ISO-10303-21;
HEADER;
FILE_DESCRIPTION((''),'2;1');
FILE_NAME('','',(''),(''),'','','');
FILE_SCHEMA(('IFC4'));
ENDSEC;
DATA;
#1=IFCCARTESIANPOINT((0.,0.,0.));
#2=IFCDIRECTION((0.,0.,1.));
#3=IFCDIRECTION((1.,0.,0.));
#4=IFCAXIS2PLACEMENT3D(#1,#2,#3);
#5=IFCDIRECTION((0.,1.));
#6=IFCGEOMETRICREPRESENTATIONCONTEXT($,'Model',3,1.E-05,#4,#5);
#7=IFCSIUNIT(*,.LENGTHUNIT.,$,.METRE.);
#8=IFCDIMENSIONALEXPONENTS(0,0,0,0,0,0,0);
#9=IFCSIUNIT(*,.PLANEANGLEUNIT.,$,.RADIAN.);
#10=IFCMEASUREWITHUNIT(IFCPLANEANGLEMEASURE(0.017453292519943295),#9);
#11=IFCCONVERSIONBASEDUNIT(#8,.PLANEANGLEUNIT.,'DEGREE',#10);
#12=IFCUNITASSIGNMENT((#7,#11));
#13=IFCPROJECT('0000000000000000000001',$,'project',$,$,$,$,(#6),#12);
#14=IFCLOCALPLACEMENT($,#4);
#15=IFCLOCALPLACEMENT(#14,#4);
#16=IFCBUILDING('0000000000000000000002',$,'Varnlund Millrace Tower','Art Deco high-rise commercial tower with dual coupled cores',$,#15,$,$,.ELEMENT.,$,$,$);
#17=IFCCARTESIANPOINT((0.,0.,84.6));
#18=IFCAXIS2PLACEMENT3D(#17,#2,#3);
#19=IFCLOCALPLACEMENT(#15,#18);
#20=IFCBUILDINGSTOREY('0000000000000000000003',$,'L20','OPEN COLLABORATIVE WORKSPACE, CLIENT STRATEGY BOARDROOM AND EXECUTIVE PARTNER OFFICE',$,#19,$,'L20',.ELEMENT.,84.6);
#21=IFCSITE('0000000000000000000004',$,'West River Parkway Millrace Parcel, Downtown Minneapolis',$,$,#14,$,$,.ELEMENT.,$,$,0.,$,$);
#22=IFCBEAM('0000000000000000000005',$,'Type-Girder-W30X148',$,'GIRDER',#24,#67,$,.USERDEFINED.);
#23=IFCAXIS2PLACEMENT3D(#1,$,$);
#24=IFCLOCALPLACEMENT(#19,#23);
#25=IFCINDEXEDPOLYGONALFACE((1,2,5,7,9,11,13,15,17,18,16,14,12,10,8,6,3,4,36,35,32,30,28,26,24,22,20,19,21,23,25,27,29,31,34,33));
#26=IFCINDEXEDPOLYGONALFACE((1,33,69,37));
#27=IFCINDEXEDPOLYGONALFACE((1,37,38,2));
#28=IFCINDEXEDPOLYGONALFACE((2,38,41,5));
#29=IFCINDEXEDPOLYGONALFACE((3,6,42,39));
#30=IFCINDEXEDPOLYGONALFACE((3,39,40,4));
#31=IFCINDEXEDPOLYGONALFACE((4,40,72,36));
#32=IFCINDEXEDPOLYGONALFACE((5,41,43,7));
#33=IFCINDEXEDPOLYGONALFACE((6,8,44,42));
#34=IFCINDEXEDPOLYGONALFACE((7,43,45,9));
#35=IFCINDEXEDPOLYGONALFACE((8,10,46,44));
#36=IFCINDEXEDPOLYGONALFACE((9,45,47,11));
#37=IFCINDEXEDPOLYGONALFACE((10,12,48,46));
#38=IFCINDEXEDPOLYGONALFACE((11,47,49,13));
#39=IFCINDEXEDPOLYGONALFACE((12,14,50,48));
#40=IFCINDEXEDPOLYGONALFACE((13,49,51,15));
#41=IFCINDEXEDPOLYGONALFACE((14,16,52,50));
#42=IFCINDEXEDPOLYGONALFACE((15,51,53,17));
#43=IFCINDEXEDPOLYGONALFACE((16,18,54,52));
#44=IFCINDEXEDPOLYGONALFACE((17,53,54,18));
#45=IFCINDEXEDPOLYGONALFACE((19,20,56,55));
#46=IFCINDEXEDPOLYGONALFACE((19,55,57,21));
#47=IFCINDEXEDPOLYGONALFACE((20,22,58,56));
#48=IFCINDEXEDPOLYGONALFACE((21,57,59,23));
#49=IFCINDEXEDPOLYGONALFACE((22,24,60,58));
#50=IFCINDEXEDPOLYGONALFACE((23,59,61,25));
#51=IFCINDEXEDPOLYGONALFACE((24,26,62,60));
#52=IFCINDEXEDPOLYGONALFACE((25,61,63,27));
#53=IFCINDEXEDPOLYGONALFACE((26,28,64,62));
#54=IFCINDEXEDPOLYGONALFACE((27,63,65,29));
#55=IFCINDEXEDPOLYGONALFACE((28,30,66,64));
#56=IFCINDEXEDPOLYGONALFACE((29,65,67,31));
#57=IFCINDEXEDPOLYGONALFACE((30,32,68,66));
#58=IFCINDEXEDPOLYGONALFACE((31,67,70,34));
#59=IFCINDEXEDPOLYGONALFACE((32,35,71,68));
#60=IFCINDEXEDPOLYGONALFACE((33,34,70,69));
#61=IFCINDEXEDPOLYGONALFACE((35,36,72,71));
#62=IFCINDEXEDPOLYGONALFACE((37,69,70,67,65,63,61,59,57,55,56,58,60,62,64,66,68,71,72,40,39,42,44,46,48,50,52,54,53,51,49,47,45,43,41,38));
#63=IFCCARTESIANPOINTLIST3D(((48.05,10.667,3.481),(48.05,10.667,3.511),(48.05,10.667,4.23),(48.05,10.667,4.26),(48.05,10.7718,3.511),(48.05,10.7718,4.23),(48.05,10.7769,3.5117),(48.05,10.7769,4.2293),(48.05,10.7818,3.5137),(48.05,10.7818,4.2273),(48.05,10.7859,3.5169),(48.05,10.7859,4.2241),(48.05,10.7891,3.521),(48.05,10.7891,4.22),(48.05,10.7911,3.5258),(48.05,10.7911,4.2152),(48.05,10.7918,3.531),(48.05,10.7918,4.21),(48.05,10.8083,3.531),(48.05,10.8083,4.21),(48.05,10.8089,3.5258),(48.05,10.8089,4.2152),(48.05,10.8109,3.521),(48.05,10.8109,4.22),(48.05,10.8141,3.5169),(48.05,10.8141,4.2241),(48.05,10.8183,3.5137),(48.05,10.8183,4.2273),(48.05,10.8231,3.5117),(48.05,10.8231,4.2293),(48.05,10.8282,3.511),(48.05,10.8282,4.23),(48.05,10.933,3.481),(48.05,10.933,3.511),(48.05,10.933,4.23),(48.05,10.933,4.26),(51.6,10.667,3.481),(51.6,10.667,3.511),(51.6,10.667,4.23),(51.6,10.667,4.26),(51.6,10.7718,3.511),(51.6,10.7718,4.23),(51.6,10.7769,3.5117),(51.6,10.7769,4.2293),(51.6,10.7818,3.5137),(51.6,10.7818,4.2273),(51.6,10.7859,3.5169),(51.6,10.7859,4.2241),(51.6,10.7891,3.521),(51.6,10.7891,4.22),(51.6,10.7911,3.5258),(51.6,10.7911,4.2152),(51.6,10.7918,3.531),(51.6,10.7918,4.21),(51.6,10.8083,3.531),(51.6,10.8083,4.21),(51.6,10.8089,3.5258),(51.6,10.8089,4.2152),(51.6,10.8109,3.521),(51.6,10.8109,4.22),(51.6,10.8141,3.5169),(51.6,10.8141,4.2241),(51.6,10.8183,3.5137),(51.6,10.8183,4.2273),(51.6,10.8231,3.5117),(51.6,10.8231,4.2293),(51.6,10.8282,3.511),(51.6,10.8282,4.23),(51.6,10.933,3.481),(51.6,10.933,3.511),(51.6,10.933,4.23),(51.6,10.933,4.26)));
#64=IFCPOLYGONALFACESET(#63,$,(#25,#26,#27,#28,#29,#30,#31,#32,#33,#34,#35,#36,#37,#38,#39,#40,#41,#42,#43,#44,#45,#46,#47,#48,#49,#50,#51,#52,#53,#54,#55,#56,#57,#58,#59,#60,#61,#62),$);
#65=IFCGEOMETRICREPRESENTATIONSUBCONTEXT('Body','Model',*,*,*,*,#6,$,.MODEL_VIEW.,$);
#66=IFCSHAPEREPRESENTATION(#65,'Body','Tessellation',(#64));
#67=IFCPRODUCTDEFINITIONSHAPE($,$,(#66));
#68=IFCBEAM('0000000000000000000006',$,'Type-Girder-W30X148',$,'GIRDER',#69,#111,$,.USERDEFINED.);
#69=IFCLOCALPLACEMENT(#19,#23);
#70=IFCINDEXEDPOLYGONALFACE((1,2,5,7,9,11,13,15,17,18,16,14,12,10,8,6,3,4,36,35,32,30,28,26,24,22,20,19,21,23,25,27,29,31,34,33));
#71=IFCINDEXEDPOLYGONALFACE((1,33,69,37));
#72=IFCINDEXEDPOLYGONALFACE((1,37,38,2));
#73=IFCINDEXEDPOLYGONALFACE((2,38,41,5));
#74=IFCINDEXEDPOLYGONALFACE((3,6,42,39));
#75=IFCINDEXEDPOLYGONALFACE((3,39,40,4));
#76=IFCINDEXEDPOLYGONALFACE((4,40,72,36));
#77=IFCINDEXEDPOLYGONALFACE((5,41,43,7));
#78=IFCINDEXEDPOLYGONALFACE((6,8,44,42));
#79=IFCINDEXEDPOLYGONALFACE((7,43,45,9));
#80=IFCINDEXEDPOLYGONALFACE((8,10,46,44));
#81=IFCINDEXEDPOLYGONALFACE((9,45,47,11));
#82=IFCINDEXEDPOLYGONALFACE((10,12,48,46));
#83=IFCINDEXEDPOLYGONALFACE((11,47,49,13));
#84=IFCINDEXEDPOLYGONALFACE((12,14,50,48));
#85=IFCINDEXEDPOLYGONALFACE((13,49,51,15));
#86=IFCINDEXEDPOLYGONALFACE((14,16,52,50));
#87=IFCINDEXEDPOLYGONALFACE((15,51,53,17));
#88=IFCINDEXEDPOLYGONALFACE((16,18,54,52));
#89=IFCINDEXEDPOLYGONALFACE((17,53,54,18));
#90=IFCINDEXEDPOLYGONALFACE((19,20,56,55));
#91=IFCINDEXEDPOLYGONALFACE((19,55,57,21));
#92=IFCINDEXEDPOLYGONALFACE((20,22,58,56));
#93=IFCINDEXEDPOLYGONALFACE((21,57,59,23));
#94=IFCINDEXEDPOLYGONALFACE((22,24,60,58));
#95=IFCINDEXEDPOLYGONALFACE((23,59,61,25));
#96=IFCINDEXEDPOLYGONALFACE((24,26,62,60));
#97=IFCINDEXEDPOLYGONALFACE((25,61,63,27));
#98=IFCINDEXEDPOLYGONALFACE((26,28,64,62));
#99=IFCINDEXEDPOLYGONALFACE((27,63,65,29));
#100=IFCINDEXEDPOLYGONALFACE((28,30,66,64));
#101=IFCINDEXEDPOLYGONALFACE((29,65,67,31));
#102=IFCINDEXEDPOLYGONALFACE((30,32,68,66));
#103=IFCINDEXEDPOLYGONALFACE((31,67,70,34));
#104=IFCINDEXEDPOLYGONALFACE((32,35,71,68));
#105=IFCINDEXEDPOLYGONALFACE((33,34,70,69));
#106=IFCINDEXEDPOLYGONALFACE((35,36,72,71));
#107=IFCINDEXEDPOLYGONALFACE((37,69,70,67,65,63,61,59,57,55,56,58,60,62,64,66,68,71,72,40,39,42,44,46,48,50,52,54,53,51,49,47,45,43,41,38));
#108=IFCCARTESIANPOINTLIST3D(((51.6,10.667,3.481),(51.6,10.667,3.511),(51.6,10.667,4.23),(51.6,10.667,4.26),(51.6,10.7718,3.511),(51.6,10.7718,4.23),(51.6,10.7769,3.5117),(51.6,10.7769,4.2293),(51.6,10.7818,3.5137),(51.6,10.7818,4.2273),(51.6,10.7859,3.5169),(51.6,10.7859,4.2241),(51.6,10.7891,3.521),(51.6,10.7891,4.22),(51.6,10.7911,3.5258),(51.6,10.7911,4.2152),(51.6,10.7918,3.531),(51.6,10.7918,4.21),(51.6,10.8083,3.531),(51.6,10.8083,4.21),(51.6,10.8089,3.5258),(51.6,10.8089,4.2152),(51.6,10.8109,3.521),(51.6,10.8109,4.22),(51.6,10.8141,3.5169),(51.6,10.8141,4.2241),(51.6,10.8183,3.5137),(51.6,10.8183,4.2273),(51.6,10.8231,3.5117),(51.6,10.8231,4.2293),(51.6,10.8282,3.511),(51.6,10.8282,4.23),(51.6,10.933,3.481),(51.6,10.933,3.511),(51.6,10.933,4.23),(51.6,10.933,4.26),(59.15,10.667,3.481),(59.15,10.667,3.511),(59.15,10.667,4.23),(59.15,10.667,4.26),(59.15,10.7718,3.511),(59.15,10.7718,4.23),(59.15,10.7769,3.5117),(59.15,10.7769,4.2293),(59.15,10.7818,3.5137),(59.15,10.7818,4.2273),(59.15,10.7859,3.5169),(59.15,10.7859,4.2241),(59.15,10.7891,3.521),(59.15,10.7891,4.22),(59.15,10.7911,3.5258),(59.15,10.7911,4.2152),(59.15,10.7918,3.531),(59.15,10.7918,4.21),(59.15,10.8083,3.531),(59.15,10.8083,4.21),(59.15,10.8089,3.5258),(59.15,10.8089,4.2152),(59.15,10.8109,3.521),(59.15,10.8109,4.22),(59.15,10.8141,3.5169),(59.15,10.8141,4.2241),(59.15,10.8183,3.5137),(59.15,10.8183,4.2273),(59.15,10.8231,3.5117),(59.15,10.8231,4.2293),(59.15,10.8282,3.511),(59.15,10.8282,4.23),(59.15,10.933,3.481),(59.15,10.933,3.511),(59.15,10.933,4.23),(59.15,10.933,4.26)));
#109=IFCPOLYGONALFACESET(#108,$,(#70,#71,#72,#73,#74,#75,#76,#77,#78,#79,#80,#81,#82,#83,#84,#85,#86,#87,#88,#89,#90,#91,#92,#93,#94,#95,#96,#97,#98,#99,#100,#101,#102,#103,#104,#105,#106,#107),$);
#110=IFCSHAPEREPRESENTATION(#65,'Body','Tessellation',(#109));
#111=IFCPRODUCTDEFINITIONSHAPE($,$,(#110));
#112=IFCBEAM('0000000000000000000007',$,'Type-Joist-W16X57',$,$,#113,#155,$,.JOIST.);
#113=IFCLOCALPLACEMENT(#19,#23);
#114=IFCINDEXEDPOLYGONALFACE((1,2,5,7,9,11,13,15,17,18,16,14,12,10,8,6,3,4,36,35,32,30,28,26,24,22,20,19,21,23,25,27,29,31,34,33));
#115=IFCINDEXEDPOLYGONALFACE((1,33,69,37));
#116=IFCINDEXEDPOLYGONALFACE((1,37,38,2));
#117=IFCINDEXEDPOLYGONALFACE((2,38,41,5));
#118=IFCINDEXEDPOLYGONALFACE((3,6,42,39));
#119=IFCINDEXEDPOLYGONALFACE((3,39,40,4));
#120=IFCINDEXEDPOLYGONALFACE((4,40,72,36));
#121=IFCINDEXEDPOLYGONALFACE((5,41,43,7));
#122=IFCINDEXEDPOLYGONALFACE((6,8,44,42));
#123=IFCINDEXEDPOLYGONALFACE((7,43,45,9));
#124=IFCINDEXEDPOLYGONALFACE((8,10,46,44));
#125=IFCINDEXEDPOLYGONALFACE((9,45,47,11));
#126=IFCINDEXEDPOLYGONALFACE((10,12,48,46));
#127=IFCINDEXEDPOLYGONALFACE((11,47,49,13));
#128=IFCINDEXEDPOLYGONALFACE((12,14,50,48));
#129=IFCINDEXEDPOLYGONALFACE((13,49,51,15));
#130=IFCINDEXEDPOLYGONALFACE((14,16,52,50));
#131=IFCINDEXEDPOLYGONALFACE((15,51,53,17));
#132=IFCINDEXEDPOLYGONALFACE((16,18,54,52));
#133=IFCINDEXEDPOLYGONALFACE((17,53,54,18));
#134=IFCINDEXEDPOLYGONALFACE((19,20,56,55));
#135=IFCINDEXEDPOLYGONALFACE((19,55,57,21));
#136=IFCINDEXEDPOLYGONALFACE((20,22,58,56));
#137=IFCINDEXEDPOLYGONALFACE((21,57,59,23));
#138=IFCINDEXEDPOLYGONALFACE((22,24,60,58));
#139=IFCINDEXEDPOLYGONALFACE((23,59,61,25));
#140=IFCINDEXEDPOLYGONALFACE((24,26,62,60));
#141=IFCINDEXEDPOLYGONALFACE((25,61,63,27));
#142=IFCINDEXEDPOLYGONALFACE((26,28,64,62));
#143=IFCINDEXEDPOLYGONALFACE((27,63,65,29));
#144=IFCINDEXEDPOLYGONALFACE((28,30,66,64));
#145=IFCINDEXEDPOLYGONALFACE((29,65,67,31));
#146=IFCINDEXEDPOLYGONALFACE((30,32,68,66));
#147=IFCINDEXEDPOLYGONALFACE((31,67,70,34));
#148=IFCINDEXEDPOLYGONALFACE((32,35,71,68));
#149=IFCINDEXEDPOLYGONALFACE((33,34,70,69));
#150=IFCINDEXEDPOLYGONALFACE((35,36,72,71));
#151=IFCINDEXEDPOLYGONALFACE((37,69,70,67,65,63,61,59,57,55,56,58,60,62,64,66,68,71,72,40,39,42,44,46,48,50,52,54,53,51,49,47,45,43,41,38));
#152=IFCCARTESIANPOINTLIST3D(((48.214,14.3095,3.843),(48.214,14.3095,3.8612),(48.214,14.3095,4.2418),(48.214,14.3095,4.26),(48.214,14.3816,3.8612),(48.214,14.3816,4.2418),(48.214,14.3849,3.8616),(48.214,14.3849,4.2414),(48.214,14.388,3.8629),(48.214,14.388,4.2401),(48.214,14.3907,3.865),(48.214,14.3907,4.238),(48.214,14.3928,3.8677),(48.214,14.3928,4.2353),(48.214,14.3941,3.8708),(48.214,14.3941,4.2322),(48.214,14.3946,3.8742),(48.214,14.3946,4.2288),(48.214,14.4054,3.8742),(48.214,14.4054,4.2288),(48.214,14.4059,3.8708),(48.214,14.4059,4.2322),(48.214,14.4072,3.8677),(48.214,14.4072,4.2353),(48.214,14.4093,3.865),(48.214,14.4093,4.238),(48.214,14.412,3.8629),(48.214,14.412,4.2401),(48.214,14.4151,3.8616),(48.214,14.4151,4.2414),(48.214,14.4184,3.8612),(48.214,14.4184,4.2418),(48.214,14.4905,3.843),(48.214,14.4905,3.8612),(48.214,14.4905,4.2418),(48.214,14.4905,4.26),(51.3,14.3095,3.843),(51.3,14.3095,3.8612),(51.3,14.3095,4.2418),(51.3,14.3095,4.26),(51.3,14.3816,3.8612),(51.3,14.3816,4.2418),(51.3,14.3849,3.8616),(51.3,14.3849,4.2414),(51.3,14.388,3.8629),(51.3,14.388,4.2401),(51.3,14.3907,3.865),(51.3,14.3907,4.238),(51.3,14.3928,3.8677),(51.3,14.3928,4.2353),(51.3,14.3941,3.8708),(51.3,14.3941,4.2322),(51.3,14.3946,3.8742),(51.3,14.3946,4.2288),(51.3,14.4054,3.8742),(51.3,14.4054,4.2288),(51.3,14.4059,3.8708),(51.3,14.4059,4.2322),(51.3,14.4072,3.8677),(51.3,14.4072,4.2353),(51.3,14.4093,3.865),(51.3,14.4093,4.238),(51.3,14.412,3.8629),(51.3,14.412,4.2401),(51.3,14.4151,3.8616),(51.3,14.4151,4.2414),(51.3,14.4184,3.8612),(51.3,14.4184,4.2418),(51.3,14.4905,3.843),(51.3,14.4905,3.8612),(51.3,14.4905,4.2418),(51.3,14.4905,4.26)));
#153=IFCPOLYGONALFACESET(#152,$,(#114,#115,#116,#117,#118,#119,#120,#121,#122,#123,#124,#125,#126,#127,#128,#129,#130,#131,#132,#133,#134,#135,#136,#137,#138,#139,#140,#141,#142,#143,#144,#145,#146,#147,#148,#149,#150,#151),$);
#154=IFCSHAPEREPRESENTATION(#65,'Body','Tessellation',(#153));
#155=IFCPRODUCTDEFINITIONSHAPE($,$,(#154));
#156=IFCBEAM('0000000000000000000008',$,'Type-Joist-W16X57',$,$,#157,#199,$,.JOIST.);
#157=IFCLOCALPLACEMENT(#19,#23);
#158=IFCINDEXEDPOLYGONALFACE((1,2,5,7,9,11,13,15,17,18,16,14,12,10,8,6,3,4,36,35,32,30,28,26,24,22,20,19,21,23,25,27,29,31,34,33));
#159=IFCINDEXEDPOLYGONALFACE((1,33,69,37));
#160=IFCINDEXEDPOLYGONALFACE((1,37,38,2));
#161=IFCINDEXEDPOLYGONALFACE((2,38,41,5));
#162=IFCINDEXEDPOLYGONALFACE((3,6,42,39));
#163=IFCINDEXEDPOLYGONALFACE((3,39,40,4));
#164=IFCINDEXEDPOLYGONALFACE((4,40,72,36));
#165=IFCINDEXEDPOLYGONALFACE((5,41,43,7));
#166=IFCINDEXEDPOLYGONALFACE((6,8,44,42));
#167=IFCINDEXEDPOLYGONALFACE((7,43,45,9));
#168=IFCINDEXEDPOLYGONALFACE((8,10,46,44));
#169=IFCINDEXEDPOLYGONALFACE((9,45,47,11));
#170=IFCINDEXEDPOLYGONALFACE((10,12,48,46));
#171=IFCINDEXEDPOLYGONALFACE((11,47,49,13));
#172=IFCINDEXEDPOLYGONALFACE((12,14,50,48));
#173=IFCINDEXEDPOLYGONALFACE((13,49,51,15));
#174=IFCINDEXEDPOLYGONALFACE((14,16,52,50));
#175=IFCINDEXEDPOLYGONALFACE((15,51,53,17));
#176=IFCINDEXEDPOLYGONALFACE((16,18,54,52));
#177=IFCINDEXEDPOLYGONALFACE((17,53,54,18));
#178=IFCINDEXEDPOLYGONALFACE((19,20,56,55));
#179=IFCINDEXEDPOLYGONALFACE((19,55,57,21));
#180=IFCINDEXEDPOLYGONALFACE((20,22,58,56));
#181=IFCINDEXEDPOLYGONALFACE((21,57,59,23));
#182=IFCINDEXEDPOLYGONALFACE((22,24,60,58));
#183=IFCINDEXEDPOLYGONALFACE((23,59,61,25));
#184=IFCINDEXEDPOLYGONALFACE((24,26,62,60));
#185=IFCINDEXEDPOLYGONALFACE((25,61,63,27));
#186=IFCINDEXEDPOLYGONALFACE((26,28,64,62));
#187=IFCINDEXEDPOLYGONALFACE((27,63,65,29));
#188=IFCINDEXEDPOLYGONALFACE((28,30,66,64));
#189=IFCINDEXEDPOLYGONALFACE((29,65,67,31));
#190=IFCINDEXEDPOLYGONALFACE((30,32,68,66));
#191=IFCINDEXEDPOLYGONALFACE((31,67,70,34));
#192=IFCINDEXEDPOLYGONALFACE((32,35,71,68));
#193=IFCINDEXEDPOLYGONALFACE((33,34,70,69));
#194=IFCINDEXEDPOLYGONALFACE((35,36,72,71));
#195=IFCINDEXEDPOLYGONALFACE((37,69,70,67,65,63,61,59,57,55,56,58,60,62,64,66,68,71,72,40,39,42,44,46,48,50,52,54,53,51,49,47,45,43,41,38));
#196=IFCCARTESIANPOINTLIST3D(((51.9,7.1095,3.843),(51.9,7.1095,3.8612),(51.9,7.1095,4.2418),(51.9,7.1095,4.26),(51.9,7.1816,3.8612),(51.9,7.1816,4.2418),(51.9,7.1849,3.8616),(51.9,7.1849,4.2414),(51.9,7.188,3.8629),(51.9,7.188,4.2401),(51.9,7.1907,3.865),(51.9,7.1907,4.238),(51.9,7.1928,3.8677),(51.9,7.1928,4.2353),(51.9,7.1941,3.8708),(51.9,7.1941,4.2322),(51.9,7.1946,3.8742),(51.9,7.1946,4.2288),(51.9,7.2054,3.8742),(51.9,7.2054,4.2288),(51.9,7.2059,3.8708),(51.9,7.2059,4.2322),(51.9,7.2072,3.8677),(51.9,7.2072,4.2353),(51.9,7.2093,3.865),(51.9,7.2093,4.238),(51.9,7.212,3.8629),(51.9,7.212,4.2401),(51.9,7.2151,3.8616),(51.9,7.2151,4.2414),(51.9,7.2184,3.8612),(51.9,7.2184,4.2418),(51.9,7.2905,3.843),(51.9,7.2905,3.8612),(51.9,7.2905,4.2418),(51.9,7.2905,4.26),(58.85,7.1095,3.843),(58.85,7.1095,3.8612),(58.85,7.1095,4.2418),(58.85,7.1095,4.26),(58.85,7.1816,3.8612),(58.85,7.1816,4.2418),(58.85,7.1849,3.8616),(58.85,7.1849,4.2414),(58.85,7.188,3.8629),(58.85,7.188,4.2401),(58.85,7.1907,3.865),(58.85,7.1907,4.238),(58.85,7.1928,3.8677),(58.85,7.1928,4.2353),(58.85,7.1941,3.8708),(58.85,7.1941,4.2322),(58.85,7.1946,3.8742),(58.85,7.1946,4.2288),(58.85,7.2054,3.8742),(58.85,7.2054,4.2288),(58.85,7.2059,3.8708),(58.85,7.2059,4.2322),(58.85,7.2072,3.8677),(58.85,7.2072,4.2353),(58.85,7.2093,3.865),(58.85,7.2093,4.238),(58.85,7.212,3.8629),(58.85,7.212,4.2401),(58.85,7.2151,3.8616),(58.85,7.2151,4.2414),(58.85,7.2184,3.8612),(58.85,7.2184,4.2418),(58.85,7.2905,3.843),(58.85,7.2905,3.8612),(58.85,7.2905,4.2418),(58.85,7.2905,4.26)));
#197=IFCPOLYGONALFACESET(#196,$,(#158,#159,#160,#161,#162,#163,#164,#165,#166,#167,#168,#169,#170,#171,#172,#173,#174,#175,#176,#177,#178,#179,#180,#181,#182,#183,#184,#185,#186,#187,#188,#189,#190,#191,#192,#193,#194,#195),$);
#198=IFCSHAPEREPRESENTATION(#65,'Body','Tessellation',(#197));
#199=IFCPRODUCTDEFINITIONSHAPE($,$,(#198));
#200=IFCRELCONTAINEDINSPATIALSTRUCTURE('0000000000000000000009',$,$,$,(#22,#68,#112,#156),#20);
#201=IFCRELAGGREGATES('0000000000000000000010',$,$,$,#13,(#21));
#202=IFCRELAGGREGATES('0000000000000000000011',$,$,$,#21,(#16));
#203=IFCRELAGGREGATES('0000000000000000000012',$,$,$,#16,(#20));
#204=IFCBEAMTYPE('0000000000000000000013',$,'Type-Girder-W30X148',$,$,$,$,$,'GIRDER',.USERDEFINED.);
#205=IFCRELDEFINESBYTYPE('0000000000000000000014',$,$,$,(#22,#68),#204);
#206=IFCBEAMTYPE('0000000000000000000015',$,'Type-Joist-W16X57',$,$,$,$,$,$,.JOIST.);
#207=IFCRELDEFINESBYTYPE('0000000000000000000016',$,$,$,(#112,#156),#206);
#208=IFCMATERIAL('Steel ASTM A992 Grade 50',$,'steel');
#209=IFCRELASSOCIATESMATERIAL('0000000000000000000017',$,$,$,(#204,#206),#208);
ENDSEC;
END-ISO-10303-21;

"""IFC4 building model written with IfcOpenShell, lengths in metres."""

from ifc_helpers import new_model, entity, si_unit, converted_unit, direction, frame, origin_with_axes, origin_2d_with_axis, place, context, subcontext, project, spatial, i_section, extrude, material, material_profile, profile_set, type_object, element, save


model = new_model("IFC4")

# Units and contexts
model_context = context("Model", 3, precision=1e-05, world=origin_with_axes(), true_north=direction((0.0, 1.0)))
body_context = subcontext(model_context, "Body", "Model", "MODEL_VIEW")
ifc_project = project(units=[si_unit("LENGTHUNIT", "METRE"), converted_unit("PLANEANGLEUNIT", "DEGREE", entity("IfcPlaneAngleMeasure", 0.017453292519943295), si_unit("PLANEANGLEUNIT", "RADIAN"), dimensions=[0, 0, 0, 0, 0, 0, 0])], contexts=[model_context])

# Site, building, storey
site_placement = place(None, origin_with_axes())
site = spatial("IfcSite", under=ifc_project, at=site_placement, Name="West River Parkway Millrace Parcel, Downtown Minneapolis", CompositionType="ELEMENT", RefElevation=0.0)
building_placement = place(site_placement, origin_with_axes())
building = spatial("IfcBuilding", under=site, at=building_placement, Name="Varnlund Millrace Tower", Description="Art Deco high-rise commercial tower with dual coupled cores", CompositionType="ELEMENT")
storey_placement = place(building_placement, frame((0.0, 0.0, 84.6), z_axis=(0.0, 0.0, 1.0), x_axis=(1.0, 0.0, 0.0)))
storey = spatial("IfcBuildingStorey", under=building, at=storey_placement, Name="L20", Description="OPEN COLLABORATIVE WORKSPACE, CLIENT STRATEGY BOARDROOM AND EXECUTIVE PARTNER OFFICE", LongName="L20", CompositionType="ELEMENT", Elevation=84.6)

# Beams
ifc_material_1 = material(Name="Steel ASTM A992 Grade 50", Category="steel")
ifc_material_profile_1 = material_profile(ifc_material_1, i_section(OverallWidth=0.266, OverallDepth=0.779, WebThickness=0.0165, FlangeThickness=0.03, FilletRadius=0.02, at=origin_2d_with_axis()), Name="Steel ASTM A992 Grade 50")
ifc_profile_set_1 = profile_set([ifc_material_profile_1], Name="Steel ASTM A992 Grade 50")
beam_type_1 = type_object("IfcBeamType", Name="Type-Girder-W30X148", ElementType="GIRDER", PredefinedType="USERDEFINED", material=ifc_profile_set_1)
beam_1_placement = place(storey_placement, frame((48.05, 10.8, 3.8705), z_axis=(1.0, 0.0, 0.0), x_axis=(0.0, 1.0, 0.0)))
element("IfcBeam", 1, at=beam_1_placement, inside=storey, type_object=beam_type_1, Name="Type-Girder-W30X148", ObjectType="GIRDER", PredefinedType="USERDEFINED", context=body_context, shape_type="SweptSolid", body=[
    extrude(i_section(OverallWidth=0.266, OverallDepth=0.779, WebThickness=0.0165, FlangeThickness=0.03, FilletRadius=0.02, at=origin_2d_with_axis()), origin_with_axes(), (0.0, 0.0, 1.0), 3.55),
])
beam_2_placement = place(storey_placement, frame((51.6, 10.8, 3.8705), z_axis=(1.0, 0.0, 0.0), x_axis=(0.0, 1.0, 0.0)))
element("IfcBeam", 2, at=beam_2_placement, inside=storey, type_object=beam_type_1, Name="Type-Girder-W30X148", ObjectType="GIRDER", PredefinedType="USERDEFINED", context=body_context, shape_type="SweptSolid", body=[
    extrude(i_section(OverallWidth=0.266, OverallDepth=0.779, WebThickness=0.0165, FlangeThickness=0.03, FilletRadius=0.02, at=origin_2d_with_axis()), origin_with_axes(), (0.0, 0.0, 1.0), 7.55),
])
ifc_material_profile_2 = material_profile(ifc_material_1, i_section(OverallWidth=0.181, OverallDepth=0.417, WebThickness=0.0109, FlangeThickness=0.0182, FilletRadius=0.013, at=origin_2d_with_axis()), Name="Steel ASTM A992 Grade 50")
ifc_profile_set_2 = profile_set([ifc_material_profile_2], Name="Steel ASTM A992 Grade 50")
beam_type_2 = type_object("IfcBeamType", Name="Type-Joist-W16X57", PredefinedType="JOIST", material=ifc_profile_set_2)
beam_3_placement = place(storey_placement, frame((48.214, 14.4, 4.0515), z_axis=(1.0, 0.0, 0.0), x_axis=(0.0, 1.0, 0.0)))
element("IfcBeam", 3, at=beam_3_placement, inside=storey, type_object=beam_type_2, Name="Type-Joist-W16X57", PredefinedType="JOIST", context=body_context, shape_type="SweptSolid", body=[
    extrude(i_section(OverallWidth=0.181, OverallDepth=0.417, WebThickness=0.0109, FlangeThickness=0.0182, FilletRadius=0.013, at=origin_2d_with_axis()), origin_with_axes(), (0.0, 0.0, 1.0), 3.086),
])
beam_4_placement = place(storey_placement, frame((51.9, 7.2, 4.0515), z_axis=(1.0, 0.0, 0.0), x_axis=(0.0, 1.0, 0.0)))
element("IfcBeam", 4, at=beam_4_placement, inside=storey, type_object=beam_type_2, Name="Type-Joist-W16X57", PredefinedType="JOIST", context=body_context, shape_type="SweptSolid", body=[
    extrude(i_section(OverallWidth=0.181, OverallDepth=0.417, WebThickness=0.0109, FlangeThickness=0.0182, FilletRadius=0.013, at=origin_2d_with_axis()), origin_with_axes(), (0.0, 0.0, 1.0), 6.95),
])

save(model, "model.ifc")
